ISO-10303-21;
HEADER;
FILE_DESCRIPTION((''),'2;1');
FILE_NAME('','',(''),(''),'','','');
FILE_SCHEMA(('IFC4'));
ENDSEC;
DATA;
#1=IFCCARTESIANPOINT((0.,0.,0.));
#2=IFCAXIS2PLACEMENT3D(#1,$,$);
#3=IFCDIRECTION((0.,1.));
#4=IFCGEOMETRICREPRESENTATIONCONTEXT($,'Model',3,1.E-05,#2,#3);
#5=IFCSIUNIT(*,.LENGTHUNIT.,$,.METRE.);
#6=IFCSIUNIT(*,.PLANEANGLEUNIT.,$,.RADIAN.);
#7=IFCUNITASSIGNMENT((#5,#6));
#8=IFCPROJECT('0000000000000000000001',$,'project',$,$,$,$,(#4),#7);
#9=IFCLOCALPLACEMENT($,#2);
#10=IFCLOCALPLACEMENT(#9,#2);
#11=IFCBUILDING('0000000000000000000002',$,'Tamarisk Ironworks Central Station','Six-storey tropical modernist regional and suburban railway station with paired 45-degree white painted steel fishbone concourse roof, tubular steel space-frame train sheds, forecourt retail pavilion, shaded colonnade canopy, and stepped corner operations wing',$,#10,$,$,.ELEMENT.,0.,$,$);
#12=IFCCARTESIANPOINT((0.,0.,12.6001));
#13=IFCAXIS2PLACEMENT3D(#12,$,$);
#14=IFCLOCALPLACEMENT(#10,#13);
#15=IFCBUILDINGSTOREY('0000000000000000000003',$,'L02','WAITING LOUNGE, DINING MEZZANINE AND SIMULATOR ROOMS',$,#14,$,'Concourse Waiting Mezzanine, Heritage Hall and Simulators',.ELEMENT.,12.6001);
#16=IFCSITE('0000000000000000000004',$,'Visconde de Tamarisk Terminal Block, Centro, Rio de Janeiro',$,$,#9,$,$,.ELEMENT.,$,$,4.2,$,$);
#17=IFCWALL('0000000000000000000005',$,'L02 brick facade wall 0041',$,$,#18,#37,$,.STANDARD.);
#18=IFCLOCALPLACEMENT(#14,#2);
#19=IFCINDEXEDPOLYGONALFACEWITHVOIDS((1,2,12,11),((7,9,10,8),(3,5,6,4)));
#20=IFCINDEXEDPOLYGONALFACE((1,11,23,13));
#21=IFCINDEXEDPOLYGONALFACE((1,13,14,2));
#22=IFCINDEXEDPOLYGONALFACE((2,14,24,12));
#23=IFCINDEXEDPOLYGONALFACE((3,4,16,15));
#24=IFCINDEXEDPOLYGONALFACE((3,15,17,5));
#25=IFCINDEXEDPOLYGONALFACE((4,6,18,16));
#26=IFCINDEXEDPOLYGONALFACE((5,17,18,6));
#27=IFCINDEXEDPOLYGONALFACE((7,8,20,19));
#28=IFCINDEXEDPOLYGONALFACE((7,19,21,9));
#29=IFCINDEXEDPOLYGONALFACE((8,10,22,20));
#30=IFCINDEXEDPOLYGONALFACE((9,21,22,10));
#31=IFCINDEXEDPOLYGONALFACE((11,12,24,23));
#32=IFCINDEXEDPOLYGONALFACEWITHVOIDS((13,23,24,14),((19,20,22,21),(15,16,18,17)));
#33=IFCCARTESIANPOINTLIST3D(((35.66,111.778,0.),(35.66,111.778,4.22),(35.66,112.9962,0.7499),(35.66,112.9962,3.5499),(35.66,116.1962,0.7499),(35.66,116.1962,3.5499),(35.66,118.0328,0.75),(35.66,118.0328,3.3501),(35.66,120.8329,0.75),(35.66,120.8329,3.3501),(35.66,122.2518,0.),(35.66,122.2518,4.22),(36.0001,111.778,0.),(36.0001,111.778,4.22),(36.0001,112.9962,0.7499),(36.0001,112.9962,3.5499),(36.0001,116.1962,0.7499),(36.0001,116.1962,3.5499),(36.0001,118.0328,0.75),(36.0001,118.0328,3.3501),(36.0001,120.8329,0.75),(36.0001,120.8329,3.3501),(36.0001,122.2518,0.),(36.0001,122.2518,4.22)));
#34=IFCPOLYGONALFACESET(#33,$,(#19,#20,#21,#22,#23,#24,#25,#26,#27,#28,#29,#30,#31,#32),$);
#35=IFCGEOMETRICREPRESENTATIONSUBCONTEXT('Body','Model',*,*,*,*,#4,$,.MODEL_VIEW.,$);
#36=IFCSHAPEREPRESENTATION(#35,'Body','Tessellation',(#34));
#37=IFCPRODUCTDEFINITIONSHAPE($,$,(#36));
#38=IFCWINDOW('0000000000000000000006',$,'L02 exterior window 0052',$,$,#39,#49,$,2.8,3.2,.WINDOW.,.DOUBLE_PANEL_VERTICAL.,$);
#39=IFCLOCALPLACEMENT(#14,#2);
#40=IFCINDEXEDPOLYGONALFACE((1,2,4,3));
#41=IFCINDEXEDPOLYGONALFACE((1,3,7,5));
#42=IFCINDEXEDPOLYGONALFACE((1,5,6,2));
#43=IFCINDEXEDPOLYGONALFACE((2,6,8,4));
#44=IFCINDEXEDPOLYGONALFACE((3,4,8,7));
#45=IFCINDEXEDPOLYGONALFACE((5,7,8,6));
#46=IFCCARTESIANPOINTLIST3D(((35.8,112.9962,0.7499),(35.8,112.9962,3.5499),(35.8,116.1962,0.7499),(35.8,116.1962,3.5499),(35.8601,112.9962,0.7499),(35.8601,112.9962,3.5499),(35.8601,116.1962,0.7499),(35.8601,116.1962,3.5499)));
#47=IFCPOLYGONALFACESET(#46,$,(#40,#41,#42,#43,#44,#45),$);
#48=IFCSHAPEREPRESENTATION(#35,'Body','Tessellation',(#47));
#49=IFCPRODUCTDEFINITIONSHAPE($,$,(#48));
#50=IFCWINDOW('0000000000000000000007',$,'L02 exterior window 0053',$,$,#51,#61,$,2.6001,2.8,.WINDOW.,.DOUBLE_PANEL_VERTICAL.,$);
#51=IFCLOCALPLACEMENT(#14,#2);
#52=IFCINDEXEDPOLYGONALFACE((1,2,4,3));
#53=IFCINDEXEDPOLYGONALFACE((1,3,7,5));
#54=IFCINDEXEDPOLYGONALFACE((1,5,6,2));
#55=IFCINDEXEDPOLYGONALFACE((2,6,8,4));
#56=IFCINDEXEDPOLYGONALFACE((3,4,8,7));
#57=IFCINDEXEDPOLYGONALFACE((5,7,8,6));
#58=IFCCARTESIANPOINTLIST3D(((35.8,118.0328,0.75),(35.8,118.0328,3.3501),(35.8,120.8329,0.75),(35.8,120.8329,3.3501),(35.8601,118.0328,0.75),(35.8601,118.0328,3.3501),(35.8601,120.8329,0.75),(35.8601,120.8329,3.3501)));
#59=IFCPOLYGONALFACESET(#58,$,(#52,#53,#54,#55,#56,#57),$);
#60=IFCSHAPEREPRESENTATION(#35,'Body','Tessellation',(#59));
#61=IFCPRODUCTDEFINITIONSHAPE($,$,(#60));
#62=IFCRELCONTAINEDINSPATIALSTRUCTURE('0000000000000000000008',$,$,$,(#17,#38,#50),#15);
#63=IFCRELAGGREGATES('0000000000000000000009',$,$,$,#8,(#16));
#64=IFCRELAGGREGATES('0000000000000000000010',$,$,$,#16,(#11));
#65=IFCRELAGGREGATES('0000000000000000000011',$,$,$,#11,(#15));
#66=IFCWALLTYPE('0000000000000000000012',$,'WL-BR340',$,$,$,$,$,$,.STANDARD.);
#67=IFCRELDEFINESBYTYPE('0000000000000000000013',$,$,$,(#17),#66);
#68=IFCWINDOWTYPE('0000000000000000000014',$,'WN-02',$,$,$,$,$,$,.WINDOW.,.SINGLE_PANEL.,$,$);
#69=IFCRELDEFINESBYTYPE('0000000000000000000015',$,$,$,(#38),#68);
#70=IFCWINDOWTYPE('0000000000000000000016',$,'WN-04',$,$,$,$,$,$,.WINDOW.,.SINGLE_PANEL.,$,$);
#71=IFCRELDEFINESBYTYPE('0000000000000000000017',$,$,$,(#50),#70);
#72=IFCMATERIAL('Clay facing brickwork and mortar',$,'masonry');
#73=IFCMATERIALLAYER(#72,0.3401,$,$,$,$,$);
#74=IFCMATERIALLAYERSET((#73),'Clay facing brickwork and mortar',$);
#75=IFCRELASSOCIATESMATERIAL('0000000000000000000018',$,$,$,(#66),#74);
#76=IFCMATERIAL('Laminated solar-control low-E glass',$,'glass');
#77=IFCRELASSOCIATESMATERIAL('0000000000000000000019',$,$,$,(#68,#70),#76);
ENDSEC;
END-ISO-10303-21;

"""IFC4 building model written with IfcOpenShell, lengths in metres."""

from ifc_helpers import new_model, si_unit, direction, frame, frame_2d, origin, place, context, subcontext, project, spatial, rectangle, extrude, material, layer, layer_set, type_object, element, fill, save


model = new_model("IFC4")

# Units and contexts
model_context = context("Model", 3, precision=1e-05, world=origin(), true_north=direction((0.0, 1.0)))
body_context = subcontext(model_context, "Body", "Model", "MODEL_VIEW")
ifc_project = project(units=[si_unit("LENGTHUNIT", "METRE"), si_unit("PLANEANGLEUNIT", "RADIAN")], contexts=[model_context])

# Site, building, storey
site_placement = place(None, origin())
site = spatial("IfcSite", under=ifc_project, at=site_placement, Name="Visconde de Tamarisk Terminal Block, Centro, Rio de Janeiro", CompositionType="ELEMENT", RefElevation=4.2)
building_placement = place(site_placement, origin())
building = spatial("IfcBuilding", under=site, at=building_placement, Name="Tamarisk Ironworks Central Station", Description="Six-storey tropical modernist regional and suburban railway station with paired 45-degree white painted steel fishbone concourse roof, tubular steel space-frame train sheds, forecourt retail pavilion, shaded colonnade canopy, and stepped corner operations wing", CompositionType="ELEMENT", ElevationOfRefHeight=0.0)
storey_placement = place(building_placement, frame((0.0, 0.0, 12.6001)))
storey = spatial("IfcBuildingStorey", under=building, at=storey_placement, Name="L02", Description="WAITING LOUNGE, DINING MEZZANINE AND SIMULATOR ROOMS", LongName="Concourse Waiting Mezzanine, Heritage Hall and Simulators", CompositionType="ELEMENT", Elevation=12.6001)

# Shared definitions
ifc_material_1 = material(Name="Laminated solar-control low-E glass", Category="glass")

# Wall, openings, windows
ifc_material_2 = material(Name="Clay facing brickwork and mortar", Category="masonry")
ifc_layer_1 = layer(ifc_material_2, 0.3401)
ifc_layer_set_1 = layer_set([ifc_layer_1], Name="Clay facing brickwork and mortar")
wall_type = type_object("IfcWallType", Name="WL-BR340", PredefinedType="STANDARD", material=ifc_layer_set_1)
wall_placement = place(storey_placement, frame((35.8301, 111.7781, 0.0), z_axis=(0.0, 0.0, 1.0), x_axis=(0.0, 1.0, 0.0)))
wall = element("IfcWall", 1, at=wall_placement, inside=storey, type_object=wall_type, Name="L02 brick facade wall 0041", PredefinedType="STANDARD", context=body_context, shape_type="SweptSolid", body=[
    extrude(rectangle(XDim=10.4739, YDim=0.3401, at=frame_2d((5.2368, 0.0))), origin(), (0.0, 0.0, 1.0), 4.22),
])
opening_1_placement = place(wall_placement, frame((1.218, 0.0, 0.75)))
opening_1 = element("IfcOpeningElement", 2, at=opening_1_placement, cuts=wall, PredefinedType="OPENING", context=body_context, shape_type="SweptSolid", body=[
    extrude(rectangle(XDim=3.2, YDim=2.8, at=frame_2d((1.6001, 1.3999))), frame((0.0, 0.1821, 0.0), z_axis=(0.0, -1.0, 0.0), x_axis=(1.0, 0.0, 0.0)), (0.0, 0.0, 1.0), 0.364),
])
opening_2_placement = place(wall_placement, frame((6.2549, 0.0, 0.75)))
opening_2 = element("IfcOpeningElement", 3, at=opening_2_placement, cuts=wall, PredefinedType="OPENING", context=body_context, shape_type="SweptSolid", body=[
    extrude(rectangle(XDim=2.8, YDim=2.6001, at=frame_2d((1.3999, 1.3))), frame((0.0, 0.1821, 0.0), z_axis=(0.0, -1.0, 0.0), x_axis=(1.0, 0.0, 0.0)), (0.0, 0.0, 1.0), 0.364),
])
window_type_1 = type_object("IfcWindowType", Name="WN-02", PartitioningType="SINGLE_PANEL", PredefinedType="WINDOW", material=ifc_material_1)
window_1_placement = place(opening_1_placement, origin())
window_1 = element("IfcWindow", 4, at=window_1_placement, inside=storey, type_object=window_type_1, Name="L02 exterior window 0052", OverallHeight=2.8, OverallWidth=3.2, PartitioningType="DOUBLE_PANEL_VERTICAL", PredefinedType="WINDOW", context=body_context, shape_type="SweptSolid", body=[
    extrude(rectangle(XDim=3.2, YDim=2.8, at=frame_2d((1.6001, 1.3999))), frame((0.0, 0.03, 0.0), z_axis=(0.0, -1.0, 0.0), x_axis=(1.0, 0.0, 0.0)), (0.0, 0.0, 1.0), 0.0601),
])
fill(opening_1, window_1)
window_type_2 = type_object("IfcWindowType", Name="WN-04", PartitioningType="SINGLE_PANEL", PredefinedType="WINDOW", material=ifc_material_1)
window_2_placement = place(opening_2_placement, origin())
window_2 = element("IfcWindow", 5, at=window_2_placement, inside=storey, type_object=window_type_2, Name="L02 exterior window 0053", OverallHeight=2.6001, OverallWidth=2.8, PartitioningType="DOUBLE_PANEL_VERTICAL", PredefinedType="WINDOW", context=body_context, shape_type="SweptSolid", body=[
    extrude(rectangle(XDim=2.8, YDim=2.6001, at=frame_2d((1.3999, 1.3))), frame((0.0, 0.03, 0.0), z_axis=(0.0, -1.0, 0.0), x_axis=(1.0, 0.0, 0.0)), (0.0, 0.0, 1.0), 0.0601),
])
fill(opening_2, window_2)

save(model, "model.ifc")
